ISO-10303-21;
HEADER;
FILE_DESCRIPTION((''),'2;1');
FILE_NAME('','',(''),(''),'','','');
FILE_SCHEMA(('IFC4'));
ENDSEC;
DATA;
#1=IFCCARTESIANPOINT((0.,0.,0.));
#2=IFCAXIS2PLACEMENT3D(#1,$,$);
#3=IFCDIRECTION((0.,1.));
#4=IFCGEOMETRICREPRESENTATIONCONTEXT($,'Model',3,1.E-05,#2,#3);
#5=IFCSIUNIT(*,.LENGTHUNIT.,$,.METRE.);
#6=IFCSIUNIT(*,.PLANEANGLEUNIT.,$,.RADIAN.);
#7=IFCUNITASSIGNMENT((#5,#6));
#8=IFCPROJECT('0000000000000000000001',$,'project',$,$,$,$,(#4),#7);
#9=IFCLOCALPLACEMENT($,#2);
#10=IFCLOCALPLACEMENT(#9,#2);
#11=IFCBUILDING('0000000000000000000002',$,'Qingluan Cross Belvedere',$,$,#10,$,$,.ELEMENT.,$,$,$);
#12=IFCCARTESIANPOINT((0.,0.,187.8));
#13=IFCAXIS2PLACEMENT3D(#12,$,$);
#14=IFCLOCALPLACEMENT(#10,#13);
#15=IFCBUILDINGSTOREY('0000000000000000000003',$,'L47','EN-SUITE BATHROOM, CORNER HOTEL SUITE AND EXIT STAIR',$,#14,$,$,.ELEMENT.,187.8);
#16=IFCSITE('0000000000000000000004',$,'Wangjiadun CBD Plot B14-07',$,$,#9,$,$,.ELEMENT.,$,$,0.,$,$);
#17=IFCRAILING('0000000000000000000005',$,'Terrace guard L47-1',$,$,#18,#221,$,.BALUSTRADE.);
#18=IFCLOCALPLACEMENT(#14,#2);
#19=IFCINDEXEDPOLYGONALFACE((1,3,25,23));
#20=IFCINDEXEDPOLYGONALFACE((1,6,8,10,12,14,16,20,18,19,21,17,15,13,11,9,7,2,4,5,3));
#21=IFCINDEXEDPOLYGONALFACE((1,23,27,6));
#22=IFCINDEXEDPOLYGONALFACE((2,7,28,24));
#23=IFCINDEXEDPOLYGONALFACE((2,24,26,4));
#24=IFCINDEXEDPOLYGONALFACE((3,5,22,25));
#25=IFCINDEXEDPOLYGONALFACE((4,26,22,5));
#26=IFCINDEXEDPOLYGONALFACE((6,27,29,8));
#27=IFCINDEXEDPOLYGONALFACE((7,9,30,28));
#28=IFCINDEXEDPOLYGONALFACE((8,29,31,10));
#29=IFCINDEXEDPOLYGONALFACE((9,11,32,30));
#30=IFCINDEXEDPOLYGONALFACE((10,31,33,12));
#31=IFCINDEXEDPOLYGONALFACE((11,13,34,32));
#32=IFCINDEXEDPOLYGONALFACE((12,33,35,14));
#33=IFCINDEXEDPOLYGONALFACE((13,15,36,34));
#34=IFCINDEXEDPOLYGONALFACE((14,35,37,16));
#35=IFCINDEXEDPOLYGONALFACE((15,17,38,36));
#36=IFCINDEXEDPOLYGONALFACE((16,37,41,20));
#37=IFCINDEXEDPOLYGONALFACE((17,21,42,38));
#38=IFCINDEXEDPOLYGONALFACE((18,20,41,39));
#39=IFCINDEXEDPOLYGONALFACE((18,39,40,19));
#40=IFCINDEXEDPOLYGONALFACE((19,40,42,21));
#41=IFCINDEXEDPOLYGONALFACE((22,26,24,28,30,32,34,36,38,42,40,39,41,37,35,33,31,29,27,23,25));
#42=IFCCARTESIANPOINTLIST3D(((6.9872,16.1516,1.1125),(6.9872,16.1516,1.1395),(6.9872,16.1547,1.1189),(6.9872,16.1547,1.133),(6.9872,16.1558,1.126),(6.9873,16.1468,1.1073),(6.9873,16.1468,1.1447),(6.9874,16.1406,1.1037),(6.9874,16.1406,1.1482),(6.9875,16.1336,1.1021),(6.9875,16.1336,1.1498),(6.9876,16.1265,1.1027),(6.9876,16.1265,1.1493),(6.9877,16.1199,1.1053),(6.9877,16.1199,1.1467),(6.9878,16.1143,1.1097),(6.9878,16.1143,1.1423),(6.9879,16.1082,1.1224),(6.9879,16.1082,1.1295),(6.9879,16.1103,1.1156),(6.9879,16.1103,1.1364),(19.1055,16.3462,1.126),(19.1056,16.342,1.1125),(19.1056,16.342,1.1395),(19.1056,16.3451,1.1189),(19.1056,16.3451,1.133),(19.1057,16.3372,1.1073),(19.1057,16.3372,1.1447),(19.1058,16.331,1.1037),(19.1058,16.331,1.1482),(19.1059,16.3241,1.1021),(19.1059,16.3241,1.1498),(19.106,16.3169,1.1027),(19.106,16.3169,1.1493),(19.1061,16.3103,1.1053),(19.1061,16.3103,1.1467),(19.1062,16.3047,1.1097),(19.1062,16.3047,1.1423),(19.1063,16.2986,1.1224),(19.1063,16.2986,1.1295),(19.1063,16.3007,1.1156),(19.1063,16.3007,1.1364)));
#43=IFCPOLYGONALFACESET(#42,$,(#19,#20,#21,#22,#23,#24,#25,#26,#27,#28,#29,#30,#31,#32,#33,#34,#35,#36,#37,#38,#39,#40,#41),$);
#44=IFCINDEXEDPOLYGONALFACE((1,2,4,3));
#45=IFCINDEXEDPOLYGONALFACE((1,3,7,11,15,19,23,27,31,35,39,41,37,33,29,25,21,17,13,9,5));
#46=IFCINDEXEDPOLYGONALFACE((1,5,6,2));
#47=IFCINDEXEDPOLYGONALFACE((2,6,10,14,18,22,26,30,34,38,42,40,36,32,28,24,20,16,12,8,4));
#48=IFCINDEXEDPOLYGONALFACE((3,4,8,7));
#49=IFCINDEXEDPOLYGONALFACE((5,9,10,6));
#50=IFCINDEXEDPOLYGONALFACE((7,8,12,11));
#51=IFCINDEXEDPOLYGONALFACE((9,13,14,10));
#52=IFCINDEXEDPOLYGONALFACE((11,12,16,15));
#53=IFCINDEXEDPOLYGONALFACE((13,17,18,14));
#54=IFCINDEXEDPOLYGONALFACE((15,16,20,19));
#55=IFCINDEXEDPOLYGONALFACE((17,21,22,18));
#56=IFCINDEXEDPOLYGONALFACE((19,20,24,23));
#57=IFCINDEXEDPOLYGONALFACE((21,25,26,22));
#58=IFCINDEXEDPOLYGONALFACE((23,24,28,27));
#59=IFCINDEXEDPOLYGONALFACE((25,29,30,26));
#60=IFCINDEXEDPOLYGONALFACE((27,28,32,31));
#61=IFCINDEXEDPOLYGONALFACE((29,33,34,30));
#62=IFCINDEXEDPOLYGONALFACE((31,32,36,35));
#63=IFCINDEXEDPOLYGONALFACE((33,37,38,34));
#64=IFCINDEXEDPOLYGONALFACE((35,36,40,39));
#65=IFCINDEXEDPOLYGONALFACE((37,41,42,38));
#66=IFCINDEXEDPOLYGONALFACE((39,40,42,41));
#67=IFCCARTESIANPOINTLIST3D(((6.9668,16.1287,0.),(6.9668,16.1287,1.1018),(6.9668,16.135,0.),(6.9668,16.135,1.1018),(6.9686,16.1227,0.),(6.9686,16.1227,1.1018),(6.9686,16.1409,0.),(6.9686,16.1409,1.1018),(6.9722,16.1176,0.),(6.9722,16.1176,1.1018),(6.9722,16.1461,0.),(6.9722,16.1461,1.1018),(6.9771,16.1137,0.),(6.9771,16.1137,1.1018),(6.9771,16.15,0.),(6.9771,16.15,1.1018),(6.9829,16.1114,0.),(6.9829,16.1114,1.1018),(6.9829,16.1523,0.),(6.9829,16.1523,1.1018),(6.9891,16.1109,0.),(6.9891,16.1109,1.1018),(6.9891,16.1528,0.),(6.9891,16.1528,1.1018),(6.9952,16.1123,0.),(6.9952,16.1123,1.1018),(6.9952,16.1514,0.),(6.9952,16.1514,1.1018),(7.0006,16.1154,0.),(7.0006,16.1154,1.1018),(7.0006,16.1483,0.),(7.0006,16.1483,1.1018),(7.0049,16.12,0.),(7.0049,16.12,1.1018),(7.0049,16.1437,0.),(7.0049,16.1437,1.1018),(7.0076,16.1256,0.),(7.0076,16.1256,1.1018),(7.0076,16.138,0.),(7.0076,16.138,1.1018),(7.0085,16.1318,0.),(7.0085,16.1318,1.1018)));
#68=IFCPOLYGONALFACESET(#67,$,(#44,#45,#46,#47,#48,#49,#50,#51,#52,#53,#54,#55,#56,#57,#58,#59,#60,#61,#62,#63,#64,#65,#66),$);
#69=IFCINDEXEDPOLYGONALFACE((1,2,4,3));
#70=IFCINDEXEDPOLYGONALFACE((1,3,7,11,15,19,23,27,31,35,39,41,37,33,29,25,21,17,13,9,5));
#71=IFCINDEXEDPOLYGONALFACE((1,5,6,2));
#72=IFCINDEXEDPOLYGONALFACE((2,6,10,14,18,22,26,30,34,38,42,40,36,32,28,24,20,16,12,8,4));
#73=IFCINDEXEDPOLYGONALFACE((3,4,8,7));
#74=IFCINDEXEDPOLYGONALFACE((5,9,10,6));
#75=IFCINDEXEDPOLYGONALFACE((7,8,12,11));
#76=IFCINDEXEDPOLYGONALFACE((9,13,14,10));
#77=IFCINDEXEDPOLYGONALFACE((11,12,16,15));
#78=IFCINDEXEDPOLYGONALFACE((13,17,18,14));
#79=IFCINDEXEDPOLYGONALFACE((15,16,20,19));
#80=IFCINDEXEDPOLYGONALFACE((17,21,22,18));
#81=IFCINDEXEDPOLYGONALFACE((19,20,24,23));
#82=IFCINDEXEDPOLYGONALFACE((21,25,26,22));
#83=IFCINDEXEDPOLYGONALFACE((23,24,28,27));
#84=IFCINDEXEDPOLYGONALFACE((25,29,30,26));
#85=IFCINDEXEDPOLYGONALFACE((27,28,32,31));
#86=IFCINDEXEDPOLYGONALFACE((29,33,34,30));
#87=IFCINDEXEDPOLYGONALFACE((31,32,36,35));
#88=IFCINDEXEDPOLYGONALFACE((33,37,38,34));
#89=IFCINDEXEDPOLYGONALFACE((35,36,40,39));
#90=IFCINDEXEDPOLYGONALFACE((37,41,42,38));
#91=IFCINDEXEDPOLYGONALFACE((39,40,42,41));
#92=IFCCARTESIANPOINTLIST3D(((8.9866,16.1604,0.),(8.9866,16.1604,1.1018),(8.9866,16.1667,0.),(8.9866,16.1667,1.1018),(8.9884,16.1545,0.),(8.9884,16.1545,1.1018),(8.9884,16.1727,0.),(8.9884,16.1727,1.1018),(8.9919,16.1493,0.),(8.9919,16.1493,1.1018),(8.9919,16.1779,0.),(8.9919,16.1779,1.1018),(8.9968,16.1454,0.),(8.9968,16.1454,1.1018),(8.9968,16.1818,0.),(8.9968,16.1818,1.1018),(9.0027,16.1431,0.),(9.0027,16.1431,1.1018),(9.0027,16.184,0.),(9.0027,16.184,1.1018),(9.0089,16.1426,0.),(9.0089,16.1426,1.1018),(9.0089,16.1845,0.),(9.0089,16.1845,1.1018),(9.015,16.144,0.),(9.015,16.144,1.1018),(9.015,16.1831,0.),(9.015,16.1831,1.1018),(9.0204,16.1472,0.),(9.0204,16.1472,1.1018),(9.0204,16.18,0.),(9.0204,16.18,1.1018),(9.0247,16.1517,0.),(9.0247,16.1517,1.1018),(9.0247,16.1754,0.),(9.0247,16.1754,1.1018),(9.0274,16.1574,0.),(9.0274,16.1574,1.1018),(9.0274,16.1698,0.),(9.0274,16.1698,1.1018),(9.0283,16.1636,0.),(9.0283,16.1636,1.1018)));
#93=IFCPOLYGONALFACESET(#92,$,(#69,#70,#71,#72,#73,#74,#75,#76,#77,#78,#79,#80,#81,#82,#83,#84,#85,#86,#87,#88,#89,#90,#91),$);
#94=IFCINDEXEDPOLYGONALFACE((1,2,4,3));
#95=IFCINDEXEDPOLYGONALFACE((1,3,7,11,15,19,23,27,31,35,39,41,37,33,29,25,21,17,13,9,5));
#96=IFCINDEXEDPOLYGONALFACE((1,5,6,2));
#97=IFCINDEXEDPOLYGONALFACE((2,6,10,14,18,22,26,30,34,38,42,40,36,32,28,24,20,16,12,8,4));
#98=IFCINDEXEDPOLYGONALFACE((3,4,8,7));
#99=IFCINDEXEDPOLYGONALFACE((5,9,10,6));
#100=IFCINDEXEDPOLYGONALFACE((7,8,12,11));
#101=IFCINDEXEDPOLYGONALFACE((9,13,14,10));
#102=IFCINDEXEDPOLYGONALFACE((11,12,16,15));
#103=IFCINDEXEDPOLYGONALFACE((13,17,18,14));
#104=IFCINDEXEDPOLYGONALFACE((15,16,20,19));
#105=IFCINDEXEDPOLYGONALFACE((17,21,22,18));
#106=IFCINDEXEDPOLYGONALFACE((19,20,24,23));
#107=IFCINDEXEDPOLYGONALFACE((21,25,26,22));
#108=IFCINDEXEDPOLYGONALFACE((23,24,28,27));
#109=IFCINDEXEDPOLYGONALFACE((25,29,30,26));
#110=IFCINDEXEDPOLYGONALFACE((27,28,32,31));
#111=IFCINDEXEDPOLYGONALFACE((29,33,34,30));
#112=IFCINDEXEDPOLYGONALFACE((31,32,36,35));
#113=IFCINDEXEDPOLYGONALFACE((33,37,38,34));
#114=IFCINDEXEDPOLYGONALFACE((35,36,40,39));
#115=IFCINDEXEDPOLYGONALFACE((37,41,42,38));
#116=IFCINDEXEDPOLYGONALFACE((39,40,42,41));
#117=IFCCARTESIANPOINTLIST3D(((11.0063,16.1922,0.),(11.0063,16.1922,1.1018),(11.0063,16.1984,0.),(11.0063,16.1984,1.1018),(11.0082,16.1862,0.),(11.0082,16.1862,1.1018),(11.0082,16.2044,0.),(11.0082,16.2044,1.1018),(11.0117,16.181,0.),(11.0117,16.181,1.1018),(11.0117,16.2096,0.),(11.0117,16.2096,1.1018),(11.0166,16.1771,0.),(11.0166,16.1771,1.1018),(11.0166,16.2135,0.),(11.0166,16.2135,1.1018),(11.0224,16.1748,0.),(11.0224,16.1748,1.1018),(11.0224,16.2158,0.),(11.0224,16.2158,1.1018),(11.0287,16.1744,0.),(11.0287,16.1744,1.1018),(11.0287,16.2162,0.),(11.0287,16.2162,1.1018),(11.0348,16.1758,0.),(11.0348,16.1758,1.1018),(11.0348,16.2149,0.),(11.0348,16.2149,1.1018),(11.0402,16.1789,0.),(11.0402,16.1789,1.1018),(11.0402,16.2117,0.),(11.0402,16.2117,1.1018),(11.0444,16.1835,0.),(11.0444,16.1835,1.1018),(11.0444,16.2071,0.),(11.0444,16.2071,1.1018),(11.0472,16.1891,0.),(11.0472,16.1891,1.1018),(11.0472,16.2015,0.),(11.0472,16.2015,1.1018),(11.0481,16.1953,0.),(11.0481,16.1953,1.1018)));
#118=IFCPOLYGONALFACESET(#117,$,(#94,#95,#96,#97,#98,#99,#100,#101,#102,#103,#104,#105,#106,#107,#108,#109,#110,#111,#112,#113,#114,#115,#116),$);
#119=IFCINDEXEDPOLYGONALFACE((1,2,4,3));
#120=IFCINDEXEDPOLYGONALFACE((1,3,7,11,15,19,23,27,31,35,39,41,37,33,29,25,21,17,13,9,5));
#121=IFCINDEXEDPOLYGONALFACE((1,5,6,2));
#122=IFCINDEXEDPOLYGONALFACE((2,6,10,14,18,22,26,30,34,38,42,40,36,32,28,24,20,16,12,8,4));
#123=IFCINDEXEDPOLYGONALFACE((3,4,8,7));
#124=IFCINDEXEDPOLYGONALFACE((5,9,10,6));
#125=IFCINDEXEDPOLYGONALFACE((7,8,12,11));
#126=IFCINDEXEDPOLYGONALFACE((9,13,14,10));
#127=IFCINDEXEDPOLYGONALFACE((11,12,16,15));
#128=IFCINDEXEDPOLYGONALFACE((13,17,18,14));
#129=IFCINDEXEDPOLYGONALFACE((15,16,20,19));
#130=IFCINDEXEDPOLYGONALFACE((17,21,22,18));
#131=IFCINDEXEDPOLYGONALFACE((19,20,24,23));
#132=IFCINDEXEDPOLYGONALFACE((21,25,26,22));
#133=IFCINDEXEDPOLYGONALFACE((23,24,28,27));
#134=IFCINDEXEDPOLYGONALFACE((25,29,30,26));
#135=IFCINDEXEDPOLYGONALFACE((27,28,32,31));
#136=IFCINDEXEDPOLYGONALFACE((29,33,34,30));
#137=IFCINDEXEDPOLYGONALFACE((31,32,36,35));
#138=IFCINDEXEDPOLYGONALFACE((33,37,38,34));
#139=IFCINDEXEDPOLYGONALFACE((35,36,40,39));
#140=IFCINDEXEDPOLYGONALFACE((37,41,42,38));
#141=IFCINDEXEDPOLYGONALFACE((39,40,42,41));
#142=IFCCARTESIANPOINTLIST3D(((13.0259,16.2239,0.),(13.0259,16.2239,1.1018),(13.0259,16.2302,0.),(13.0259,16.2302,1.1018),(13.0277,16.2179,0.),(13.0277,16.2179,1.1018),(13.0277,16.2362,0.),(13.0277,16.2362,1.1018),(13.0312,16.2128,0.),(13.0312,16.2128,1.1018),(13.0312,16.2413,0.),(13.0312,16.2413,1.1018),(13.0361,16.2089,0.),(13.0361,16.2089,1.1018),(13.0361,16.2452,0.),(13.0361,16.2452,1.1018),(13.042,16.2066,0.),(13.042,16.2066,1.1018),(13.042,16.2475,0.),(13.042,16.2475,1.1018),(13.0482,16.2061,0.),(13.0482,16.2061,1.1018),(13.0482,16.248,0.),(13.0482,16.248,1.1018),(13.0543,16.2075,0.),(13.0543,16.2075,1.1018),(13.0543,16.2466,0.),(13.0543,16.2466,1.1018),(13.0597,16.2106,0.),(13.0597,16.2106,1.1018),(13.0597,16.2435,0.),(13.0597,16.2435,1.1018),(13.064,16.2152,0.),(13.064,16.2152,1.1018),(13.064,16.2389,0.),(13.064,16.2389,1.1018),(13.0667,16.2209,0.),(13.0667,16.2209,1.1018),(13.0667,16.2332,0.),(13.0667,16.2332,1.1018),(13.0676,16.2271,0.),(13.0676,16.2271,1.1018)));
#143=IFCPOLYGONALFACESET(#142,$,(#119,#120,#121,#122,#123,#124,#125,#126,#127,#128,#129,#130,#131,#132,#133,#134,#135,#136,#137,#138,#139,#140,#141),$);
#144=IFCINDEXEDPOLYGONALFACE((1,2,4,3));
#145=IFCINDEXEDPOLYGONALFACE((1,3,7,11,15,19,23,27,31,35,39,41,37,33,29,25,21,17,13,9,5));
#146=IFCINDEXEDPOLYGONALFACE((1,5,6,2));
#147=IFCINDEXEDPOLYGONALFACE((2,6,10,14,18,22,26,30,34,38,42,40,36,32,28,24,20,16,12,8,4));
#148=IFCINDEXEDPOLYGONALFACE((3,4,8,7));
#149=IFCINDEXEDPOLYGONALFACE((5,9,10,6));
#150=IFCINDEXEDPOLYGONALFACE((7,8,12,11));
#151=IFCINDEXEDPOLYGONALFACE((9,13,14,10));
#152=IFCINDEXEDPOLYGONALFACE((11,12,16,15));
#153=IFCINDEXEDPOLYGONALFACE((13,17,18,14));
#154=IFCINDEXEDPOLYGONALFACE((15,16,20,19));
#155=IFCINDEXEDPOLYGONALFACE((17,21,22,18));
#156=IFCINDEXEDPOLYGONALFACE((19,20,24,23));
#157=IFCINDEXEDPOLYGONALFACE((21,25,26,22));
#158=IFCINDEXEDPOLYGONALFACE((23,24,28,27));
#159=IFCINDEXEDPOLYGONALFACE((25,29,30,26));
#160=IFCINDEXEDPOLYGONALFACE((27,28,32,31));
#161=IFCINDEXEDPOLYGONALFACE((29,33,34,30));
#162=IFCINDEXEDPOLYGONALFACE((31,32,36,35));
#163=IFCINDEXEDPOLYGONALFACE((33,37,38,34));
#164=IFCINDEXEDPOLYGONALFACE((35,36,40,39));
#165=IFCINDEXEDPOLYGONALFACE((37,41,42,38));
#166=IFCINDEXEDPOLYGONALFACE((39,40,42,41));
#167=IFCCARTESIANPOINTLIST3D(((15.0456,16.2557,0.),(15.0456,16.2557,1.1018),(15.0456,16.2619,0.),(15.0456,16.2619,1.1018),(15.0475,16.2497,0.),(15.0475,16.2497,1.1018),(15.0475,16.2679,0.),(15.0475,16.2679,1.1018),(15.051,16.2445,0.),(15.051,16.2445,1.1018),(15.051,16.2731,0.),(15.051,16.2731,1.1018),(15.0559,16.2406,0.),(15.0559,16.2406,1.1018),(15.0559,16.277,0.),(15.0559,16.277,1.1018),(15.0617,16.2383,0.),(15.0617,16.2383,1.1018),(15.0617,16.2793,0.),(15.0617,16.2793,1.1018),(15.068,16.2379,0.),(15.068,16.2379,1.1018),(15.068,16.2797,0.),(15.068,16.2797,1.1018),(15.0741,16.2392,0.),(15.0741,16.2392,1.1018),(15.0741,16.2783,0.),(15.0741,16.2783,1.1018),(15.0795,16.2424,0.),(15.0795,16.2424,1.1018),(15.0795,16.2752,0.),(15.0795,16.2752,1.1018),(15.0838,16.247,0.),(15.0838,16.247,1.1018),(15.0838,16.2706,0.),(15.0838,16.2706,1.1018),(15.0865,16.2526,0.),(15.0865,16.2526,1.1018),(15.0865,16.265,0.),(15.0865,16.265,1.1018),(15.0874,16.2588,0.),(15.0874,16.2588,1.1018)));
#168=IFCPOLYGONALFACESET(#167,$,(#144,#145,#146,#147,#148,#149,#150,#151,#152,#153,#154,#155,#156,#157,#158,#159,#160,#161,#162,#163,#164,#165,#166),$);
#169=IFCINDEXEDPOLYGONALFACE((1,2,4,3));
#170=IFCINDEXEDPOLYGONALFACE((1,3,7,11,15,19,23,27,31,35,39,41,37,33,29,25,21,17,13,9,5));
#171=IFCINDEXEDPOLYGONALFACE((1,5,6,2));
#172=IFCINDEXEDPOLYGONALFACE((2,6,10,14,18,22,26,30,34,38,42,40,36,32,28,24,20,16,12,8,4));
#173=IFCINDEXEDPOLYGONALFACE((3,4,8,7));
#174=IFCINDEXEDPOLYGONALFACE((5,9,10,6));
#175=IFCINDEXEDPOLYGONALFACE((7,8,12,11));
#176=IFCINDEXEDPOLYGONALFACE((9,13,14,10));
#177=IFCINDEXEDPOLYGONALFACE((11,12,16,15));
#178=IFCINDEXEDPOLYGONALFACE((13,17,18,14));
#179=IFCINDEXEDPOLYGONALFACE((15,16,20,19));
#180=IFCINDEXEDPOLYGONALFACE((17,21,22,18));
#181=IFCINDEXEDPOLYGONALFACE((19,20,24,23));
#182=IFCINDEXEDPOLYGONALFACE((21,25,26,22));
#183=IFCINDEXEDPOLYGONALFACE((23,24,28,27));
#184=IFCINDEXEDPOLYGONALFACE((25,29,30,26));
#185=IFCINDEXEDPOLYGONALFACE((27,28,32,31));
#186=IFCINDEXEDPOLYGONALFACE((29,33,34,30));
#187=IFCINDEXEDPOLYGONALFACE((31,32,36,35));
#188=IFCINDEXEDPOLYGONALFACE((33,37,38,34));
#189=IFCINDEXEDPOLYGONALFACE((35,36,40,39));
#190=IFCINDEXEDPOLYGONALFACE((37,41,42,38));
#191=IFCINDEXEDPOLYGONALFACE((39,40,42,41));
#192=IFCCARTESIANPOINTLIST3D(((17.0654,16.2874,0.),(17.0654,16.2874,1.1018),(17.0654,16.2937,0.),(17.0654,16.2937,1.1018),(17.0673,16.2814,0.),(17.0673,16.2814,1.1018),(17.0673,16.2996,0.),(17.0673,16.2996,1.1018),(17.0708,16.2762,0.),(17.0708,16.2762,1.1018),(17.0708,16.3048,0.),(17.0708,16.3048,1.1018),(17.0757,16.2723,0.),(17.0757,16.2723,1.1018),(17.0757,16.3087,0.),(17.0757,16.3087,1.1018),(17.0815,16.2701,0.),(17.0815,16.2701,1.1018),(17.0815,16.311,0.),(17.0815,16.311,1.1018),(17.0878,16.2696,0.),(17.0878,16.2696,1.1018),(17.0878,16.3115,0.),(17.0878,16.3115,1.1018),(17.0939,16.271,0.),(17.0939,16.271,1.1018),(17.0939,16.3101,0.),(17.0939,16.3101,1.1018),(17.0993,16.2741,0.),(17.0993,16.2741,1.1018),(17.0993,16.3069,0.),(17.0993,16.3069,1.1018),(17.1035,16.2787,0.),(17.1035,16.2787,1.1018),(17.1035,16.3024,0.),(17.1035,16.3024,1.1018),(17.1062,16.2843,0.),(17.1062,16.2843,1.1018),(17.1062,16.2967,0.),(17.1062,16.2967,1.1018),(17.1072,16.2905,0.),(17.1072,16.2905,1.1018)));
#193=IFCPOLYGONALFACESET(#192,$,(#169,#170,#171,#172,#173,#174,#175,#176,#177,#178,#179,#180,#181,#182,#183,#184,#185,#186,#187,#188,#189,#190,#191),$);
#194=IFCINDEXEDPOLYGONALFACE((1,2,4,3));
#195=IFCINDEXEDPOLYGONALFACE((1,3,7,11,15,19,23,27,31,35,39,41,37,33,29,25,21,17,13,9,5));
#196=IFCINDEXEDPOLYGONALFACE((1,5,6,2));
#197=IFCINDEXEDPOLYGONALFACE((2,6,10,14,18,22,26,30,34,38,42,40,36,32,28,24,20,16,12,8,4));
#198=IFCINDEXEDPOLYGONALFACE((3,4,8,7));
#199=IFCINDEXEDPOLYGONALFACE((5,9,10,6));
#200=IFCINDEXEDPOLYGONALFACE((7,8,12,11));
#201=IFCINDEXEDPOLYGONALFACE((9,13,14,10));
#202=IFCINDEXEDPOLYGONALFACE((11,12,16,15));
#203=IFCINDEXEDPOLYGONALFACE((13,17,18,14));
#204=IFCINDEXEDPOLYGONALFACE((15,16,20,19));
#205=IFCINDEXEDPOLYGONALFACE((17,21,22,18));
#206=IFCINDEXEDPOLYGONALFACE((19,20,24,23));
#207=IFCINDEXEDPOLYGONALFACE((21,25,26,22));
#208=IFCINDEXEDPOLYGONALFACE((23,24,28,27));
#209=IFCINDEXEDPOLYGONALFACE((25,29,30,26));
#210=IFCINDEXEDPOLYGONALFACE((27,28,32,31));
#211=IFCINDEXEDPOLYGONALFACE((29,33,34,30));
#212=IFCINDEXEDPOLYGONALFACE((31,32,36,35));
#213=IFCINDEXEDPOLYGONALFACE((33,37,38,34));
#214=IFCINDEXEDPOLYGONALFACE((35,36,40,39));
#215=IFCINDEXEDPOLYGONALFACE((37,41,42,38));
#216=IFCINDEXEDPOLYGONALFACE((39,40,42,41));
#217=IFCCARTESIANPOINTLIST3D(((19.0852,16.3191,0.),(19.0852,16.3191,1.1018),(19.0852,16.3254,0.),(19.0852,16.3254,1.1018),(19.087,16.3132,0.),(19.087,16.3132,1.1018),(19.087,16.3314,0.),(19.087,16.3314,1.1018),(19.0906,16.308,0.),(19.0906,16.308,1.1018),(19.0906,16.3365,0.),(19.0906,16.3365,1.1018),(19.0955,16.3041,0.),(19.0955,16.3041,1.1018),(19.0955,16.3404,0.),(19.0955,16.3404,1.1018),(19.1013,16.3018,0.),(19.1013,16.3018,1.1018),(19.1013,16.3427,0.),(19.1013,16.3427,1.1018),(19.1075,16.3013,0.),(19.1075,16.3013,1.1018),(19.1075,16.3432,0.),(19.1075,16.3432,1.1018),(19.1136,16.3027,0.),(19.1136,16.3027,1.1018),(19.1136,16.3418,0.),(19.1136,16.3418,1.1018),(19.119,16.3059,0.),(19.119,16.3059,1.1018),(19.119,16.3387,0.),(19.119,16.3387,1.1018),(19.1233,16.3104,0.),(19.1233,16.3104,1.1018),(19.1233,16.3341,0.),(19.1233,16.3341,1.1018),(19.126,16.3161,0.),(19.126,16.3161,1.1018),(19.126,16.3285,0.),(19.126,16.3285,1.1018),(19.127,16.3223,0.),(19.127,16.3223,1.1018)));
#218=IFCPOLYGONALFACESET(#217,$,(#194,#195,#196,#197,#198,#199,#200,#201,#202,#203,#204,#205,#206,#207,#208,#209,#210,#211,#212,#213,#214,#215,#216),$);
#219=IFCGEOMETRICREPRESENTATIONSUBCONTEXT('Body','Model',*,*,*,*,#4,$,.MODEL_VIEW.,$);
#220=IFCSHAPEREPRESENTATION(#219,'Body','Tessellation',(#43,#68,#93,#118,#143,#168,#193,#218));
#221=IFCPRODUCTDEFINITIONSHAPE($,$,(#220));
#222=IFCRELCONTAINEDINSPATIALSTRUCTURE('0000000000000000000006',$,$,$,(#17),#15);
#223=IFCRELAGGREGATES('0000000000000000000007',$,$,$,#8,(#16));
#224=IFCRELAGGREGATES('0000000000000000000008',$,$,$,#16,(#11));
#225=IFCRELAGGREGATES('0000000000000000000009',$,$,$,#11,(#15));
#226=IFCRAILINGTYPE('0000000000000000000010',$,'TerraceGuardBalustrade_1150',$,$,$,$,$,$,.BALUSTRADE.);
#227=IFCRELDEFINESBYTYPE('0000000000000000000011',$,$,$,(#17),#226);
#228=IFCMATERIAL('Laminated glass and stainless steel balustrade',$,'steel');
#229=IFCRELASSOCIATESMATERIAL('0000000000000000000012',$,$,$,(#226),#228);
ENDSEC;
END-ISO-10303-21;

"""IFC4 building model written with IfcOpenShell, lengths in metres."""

from ifc_helpers import new_model, si_unit, direction, frame, origin, origin_2d, place, context, subcontext, project, spatial, circle, extrude, material, type_object, element, save


model = new_model("IFC4")

# Units and contexts
model_context = context("Model", 3, precision=1e-05, world=origin(), true_north=direction((0.0, 1.0)))
body_context = subcontext(model_context, "Body", "Model", "MODEL_VIEW")
ifc_project = project(units=[si_unit("LENGTHUNIT", "METRE"), si_unit("PLANEANGLEUNIT", "RADIAN")], contexts=[model_context])

# Site, building, storey
site_placement = place(None, origin())
site = spatial("IfcSite", under=ifc_project, at=site_placement, Name="Wangjiadun CBD Plot B14-07", CompositionType="ELEMENT", RefElevation=0.0)
building_placement = place(site_placement, origin())
building = spatial("IfcBuilding", under=site, at=building_placement, Name="Qingluan Cross Belvedere", CompositionType="ELEMENT")
storey_placement = place(building_placement, frame((0.0, 0.0, 187.8)))
storey = spatial("IfcBuildingStorey", under=building, at=storey_placement, Name="L47", Description="EN-SUITE BATHROOM, CORNER HOTEL SUITE AND EXIT STAIR", CompositionType="ELEMENT", Elevation=187.8)

# Railing
ifc_material_1 = material(Name="Laminated glass and stainless steel balustrade", Category="steel")
railing_type = type_object("IfcRailingType", Name="TerraceGuardBalustrade_1150", PredefinedType="BALUSTRADE", material=ifc_material_1)
railing_1_placement = place(storey_placement, frame((6.9875, 16.1318, 0.0)))
element("IfcRailing", 1, at=railing_1_placement, inside=storey, type_object=railing_type, Name="Terrace guard L47-1", PredefinedType="BALUSTRADE", context=body_context, shape_type="SweptSolid", body=[
    extrude(circle(Radius=0.0239, at=origin_2d()), frame((0.0, 0.0, 1.126), z_axis=(0.999877, 0.015712, 0.0), x_axis=(-0.015712, 0.999877, 0.0)), (0.0, 0.0, 1.0), 12.1199),
    extrude(circle(Radius=0.021, at=origin_2d()), origin(), (0.0, 0.0, 1.0), 1.1018),
    extrude(circle(Radius=0.021, at=origin_2d()), frame((2.0198, 0.0317, 0.0)), (0.0, 0.0, 1.0), 1.1018),
    extrude(circle(Radius=0.021, at=origin_2d()), frame((4.0396, 0.0635, 0.0)), (0.0, 0.0, 1.0), 1.1018),
    extrude(circle(Radius=0.021, at=origin_2d()), frame((6.0591, 0.0952, 0.0)), (0.0, 0.0, 1.0), 1.1018),
    extrude(circle(Radius=0.021, at=origin_2d()), frame((8.0789, 0.127, 0.0)), (0.0, 0.0, 1.0), 1.1018),
    extrude(circle(Radius=0.021, at=origin_2d()), frame((10.0986, 0.1587, 0.0)), (0.0, 0.0, 1.0), 1.1018),
    extrude(circle(Radius=0.021, at=origin_2d()), frame((12.1184, 0.1904, 0.0)), (0.0, 0.0, 1.0), 1.1018),
])

save(model, "model.ifc")
